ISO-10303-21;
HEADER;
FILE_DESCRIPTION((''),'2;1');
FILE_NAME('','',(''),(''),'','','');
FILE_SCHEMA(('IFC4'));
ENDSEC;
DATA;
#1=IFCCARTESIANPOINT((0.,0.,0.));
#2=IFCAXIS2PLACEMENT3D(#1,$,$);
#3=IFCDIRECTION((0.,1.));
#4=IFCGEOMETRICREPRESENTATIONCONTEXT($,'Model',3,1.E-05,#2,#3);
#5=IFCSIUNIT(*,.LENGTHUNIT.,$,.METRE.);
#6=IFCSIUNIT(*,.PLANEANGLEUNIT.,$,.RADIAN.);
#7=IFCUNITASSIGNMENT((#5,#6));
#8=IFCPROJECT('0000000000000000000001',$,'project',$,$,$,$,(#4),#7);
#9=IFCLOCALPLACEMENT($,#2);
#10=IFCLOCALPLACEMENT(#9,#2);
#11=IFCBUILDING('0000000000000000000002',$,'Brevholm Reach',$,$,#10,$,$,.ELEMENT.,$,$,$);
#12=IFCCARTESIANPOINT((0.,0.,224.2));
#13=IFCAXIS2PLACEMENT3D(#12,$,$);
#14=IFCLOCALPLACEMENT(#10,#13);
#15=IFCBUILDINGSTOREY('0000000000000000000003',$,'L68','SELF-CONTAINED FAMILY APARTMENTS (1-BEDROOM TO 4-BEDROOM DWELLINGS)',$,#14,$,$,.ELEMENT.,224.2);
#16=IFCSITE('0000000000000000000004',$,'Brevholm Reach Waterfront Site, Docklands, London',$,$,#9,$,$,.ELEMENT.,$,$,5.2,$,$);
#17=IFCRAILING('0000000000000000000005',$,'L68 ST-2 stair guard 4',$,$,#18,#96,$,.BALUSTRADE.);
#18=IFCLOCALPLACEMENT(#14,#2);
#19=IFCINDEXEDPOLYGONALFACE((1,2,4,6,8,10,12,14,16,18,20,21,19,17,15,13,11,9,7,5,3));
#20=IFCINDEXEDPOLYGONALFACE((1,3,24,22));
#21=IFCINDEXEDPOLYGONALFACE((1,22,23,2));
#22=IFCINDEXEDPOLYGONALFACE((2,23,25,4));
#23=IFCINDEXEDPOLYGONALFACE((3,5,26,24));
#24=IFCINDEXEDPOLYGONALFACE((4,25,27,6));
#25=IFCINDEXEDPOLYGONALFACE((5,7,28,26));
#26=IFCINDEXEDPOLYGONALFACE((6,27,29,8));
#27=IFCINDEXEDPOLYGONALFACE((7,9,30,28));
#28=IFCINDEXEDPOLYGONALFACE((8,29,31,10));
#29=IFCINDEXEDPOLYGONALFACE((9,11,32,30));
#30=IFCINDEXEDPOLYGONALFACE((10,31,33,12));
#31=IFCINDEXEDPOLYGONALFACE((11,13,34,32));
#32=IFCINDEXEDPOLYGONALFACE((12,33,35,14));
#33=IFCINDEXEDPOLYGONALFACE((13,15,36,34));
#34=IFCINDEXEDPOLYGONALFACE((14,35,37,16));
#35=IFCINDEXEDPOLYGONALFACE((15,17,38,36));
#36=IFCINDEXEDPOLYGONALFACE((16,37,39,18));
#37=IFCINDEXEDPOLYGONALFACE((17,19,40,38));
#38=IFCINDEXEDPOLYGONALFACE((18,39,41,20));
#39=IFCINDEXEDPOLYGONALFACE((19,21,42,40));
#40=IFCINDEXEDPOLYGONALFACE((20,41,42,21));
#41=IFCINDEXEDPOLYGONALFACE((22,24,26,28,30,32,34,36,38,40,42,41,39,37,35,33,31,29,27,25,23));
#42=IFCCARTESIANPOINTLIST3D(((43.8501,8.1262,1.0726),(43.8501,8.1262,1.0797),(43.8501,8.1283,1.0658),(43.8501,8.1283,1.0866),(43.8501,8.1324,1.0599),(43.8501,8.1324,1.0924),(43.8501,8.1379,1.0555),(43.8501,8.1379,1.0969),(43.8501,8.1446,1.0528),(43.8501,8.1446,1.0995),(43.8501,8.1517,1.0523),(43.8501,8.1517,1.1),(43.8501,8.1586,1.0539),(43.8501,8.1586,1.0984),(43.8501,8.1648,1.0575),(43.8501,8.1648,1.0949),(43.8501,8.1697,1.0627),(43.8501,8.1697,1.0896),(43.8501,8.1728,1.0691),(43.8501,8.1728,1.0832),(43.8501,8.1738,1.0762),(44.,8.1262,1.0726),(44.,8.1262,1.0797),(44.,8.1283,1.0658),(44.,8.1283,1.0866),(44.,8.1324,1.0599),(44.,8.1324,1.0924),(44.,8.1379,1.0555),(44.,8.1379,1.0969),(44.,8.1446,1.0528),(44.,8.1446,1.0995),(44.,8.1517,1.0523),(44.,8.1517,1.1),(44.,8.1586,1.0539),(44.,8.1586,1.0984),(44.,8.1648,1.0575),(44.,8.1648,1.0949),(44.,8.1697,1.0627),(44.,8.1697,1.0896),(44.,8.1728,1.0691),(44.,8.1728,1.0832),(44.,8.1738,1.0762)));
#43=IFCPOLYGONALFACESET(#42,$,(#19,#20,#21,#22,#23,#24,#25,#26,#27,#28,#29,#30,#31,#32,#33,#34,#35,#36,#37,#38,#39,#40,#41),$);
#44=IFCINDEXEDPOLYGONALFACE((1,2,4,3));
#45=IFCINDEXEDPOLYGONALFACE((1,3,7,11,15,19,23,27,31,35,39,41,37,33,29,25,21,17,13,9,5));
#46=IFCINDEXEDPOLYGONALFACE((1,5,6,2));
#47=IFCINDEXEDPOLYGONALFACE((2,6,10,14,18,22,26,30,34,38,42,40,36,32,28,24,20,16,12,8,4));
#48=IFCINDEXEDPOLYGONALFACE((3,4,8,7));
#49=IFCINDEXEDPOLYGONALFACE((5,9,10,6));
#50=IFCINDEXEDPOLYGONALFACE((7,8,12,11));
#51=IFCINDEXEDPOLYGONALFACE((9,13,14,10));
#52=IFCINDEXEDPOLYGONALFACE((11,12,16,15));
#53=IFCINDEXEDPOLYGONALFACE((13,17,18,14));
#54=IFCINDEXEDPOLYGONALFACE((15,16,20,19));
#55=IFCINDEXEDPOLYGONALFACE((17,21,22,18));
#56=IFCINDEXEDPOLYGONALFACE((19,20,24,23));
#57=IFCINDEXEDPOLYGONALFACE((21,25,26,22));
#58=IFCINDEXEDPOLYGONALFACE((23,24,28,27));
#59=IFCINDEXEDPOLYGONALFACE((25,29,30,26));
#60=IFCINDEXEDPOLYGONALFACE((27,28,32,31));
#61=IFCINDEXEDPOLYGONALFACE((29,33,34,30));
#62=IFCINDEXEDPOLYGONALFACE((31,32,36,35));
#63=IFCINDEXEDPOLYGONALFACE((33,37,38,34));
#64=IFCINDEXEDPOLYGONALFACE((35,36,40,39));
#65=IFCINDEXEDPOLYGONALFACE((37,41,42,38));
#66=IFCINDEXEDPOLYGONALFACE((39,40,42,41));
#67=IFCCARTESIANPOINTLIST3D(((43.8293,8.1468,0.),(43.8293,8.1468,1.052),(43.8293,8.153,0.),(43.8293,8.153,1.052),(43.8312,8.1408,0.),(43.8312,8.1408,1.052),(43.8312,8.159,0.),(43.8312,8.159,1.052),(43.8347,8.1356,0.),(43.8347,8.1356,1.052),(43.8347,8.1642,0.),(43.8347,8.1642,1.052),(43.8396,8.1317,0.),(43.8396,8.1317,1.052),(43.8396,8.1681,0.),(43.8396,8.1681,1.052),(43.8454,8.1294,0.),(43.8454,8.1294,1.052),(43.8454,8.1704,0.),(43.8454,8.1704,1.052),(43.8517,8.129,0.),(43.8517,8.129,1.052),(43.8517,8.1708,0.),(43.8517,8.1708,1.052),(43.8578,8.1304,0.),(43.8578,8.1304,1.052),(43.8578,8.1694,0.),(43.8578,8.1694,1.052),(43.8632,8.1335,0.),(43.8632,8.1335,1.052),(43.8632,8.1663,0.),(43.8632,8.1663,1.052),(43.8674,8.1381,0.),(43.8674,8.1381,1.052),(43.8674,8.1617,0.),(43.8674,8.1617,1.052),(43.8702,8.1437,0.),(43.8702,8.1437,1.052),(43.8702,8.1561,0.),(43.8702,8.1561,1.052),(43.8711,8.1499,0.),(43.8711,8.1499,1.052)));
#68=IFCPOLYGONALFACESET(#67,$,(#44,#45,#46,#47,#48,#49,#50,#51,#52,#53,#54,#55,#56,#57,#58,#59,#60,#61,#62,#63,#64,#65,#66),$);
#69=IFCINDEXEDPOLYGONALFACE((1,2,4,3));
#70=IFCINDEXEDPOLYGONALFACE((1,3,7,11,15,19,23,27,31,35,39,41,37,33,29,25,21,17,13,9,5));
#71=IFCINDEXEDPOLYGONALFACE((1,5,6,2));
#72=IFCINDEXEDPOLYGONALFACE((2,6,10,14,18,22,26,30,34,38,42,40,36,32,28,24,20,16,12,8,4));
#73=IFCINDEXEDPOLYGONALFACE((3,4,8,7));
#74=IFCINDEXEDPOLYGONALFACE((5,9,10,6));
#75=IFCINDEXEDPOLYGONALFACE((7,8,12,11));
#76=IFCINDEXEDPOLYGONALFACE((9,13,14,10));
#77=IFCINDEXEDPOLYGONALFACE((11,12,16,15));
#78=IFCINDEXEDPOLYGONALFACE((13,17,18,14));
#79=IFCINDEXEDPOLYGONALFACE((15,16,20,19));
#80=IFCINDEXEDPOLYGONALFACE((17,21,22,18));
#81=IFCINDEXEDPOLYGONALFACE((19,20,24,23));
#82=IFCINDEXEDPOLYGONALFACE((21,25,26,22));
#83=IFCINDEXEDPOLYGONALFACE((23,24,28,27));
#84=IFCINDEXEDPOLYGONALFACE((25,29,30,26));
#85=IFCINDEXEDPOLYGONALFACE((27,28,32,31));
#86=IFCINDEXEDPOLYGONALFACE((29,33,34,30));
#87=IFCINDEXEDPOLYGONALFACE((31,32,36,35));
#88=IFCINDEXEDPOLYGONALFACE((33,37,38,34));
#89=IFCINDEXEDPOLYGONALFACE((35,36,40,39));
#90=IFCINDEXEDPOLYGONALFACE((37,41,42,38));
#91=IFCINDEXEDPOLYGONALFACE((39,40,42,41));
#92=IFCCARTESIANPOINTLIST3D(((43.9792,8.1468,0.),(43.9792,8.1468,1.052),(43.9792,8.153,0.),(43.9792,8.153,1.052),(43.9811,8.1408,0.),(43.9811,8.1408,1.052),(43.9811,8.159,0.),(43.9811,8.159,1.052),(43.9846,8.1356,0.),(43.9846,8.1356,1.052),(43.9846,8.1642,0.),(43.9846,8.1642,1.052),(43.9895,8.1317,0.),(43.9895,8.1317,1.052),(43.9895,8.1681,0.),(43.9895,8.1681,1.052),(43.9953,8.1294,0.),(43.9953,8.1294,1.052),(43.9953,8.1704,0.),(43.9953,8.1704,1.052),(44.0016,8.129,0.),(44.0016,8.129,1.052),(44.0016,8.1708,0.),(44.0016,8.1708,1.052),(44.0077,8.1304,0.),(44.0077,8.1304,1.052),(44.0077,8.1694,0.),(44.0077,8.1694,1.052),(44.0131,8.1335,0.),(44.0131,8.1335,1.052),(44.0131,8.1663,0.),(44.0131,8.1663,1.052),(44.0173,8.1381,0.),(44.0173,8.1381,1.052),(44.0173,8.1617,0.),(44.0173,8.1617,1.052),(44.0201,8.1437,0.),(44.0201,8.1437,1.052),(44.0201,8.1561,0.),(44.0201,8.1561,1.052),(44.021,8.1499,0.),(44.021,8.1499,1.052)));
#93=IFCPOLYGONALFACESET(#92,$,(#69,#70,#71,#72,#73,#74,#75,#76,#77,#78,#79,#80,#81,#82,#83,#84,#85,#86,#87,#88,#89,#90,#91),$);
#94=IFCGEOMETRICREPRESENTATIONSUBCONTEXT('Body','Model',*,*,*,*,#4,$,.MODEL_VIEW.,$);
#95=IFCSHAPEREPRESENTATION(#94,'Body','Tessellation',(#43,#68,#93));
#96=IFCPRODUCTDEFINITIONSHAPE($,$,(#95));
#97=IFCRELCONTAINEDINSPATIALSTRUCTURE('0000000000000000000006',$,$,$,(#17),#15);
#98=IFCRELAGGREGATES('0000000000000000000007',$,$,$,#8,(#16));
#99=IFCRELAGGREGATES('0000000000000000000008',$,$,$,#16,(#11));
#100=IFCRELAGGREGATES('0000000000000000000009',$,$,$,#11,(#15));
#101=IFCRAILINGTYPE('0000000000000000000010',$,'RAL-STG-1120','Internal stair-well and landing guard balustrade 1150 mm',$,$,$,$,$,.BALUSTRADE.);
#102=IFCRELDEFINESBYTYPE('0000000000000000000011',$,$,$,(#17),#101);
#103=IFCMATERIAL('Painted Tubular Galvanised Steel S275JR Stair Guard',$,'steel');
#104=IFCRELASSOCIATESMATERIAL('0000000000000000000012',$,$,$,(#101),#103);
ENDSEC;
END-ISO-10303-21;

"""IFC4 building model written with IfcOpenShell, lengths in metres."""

from ifc_helpers import new_model, si_unit, direction, frame, origin, origin_2d, place, context, subcontext, project, spatial, circle, extrude, material, type_object, element, save


model = new_model("IFC4")

# Units and contexts
model_context = context("Model", 3, precision=1e-05, world=origin(), true_north=direction((0.0, 1.0)))
body_context = subcontext(model_context, "Body", "Model", "MODEL_VIEW")
ifc_project = project(units=[si_unit("LENGTHUNIT", "METRE"), si_unit("PLANEANGLEUNIT", "RADIAN")], contexts=[model_context])

# Site, building, storey
site_placement = place(None, origin())
site = spatial("IfcSite", under=ifc_project, at=site_placement, Name="Brevholm Reach Waterfront Site, Docklands, London", CompositionType="ELEMENT", RefElevation=5.2)
building_placement = place(site_placement, origin())
building = spatial("IfcBuilding", under=site, at=building_placement, Name="Brevholm Reach", CompositionType="ELEMENT")
storey_placement = place(building_placement, frame((0.0, 0.0, 224.2)))
storey = spatial("IfcBuildingStorey", under=building, at=storey_placement, Name="L68", Description="SELF-CONTAINED FAMILY APARTMENTS (1-BEDROOM TO 4-BEDROOM DWELLINGS)", CompositionType="ELEMENT", Elevation=224.2)

# Railing
ifc_material_1 = material(Name="Painted Tubular Galvanised Steel S275JR Stair Guard", Category="steel")
railing_type_1 = type_object("IfcRailingType", Name="RAL-STG-1120", Description="Internal stair-well and landing guard balustrade 1150 mm", PredefinedType="BALUSTRADE", material=ifc_material_1)
railing_1_placement = place(storey_placement, frame((43.8501, 8.1499, 0.0)))
element("IfcRailing", 1, at=railing_1_placement, inside=storey, type_object=railing_type_1, Name="L68 ST-2 stair guard 4", PredefinedType="BALUSTRADE", context=body_context, shape_type="SweptSolid", body=[
    extrude(circle(Radius=0.0239, at=origin_2d()), frame((0.0, 0.0, 1.0762), z_axis=(1.0, 0.0, 0.0), x_axis=(0.0, 1.0, 0.0)), (0.0, 0.0, 1.0), 0.1499),
    extrude(circle(Radius=0.021, at=origin_2d()), origin(), (0.0, 0.0, 1.0), 1.052),
    extrude(circle(Radius=0.021, at=origin_2d()), frame((0.1499, 0.0, 0.0)), (0.0, 0.0, 1.0), 1.052),
])

save(model, "model.ifc")
